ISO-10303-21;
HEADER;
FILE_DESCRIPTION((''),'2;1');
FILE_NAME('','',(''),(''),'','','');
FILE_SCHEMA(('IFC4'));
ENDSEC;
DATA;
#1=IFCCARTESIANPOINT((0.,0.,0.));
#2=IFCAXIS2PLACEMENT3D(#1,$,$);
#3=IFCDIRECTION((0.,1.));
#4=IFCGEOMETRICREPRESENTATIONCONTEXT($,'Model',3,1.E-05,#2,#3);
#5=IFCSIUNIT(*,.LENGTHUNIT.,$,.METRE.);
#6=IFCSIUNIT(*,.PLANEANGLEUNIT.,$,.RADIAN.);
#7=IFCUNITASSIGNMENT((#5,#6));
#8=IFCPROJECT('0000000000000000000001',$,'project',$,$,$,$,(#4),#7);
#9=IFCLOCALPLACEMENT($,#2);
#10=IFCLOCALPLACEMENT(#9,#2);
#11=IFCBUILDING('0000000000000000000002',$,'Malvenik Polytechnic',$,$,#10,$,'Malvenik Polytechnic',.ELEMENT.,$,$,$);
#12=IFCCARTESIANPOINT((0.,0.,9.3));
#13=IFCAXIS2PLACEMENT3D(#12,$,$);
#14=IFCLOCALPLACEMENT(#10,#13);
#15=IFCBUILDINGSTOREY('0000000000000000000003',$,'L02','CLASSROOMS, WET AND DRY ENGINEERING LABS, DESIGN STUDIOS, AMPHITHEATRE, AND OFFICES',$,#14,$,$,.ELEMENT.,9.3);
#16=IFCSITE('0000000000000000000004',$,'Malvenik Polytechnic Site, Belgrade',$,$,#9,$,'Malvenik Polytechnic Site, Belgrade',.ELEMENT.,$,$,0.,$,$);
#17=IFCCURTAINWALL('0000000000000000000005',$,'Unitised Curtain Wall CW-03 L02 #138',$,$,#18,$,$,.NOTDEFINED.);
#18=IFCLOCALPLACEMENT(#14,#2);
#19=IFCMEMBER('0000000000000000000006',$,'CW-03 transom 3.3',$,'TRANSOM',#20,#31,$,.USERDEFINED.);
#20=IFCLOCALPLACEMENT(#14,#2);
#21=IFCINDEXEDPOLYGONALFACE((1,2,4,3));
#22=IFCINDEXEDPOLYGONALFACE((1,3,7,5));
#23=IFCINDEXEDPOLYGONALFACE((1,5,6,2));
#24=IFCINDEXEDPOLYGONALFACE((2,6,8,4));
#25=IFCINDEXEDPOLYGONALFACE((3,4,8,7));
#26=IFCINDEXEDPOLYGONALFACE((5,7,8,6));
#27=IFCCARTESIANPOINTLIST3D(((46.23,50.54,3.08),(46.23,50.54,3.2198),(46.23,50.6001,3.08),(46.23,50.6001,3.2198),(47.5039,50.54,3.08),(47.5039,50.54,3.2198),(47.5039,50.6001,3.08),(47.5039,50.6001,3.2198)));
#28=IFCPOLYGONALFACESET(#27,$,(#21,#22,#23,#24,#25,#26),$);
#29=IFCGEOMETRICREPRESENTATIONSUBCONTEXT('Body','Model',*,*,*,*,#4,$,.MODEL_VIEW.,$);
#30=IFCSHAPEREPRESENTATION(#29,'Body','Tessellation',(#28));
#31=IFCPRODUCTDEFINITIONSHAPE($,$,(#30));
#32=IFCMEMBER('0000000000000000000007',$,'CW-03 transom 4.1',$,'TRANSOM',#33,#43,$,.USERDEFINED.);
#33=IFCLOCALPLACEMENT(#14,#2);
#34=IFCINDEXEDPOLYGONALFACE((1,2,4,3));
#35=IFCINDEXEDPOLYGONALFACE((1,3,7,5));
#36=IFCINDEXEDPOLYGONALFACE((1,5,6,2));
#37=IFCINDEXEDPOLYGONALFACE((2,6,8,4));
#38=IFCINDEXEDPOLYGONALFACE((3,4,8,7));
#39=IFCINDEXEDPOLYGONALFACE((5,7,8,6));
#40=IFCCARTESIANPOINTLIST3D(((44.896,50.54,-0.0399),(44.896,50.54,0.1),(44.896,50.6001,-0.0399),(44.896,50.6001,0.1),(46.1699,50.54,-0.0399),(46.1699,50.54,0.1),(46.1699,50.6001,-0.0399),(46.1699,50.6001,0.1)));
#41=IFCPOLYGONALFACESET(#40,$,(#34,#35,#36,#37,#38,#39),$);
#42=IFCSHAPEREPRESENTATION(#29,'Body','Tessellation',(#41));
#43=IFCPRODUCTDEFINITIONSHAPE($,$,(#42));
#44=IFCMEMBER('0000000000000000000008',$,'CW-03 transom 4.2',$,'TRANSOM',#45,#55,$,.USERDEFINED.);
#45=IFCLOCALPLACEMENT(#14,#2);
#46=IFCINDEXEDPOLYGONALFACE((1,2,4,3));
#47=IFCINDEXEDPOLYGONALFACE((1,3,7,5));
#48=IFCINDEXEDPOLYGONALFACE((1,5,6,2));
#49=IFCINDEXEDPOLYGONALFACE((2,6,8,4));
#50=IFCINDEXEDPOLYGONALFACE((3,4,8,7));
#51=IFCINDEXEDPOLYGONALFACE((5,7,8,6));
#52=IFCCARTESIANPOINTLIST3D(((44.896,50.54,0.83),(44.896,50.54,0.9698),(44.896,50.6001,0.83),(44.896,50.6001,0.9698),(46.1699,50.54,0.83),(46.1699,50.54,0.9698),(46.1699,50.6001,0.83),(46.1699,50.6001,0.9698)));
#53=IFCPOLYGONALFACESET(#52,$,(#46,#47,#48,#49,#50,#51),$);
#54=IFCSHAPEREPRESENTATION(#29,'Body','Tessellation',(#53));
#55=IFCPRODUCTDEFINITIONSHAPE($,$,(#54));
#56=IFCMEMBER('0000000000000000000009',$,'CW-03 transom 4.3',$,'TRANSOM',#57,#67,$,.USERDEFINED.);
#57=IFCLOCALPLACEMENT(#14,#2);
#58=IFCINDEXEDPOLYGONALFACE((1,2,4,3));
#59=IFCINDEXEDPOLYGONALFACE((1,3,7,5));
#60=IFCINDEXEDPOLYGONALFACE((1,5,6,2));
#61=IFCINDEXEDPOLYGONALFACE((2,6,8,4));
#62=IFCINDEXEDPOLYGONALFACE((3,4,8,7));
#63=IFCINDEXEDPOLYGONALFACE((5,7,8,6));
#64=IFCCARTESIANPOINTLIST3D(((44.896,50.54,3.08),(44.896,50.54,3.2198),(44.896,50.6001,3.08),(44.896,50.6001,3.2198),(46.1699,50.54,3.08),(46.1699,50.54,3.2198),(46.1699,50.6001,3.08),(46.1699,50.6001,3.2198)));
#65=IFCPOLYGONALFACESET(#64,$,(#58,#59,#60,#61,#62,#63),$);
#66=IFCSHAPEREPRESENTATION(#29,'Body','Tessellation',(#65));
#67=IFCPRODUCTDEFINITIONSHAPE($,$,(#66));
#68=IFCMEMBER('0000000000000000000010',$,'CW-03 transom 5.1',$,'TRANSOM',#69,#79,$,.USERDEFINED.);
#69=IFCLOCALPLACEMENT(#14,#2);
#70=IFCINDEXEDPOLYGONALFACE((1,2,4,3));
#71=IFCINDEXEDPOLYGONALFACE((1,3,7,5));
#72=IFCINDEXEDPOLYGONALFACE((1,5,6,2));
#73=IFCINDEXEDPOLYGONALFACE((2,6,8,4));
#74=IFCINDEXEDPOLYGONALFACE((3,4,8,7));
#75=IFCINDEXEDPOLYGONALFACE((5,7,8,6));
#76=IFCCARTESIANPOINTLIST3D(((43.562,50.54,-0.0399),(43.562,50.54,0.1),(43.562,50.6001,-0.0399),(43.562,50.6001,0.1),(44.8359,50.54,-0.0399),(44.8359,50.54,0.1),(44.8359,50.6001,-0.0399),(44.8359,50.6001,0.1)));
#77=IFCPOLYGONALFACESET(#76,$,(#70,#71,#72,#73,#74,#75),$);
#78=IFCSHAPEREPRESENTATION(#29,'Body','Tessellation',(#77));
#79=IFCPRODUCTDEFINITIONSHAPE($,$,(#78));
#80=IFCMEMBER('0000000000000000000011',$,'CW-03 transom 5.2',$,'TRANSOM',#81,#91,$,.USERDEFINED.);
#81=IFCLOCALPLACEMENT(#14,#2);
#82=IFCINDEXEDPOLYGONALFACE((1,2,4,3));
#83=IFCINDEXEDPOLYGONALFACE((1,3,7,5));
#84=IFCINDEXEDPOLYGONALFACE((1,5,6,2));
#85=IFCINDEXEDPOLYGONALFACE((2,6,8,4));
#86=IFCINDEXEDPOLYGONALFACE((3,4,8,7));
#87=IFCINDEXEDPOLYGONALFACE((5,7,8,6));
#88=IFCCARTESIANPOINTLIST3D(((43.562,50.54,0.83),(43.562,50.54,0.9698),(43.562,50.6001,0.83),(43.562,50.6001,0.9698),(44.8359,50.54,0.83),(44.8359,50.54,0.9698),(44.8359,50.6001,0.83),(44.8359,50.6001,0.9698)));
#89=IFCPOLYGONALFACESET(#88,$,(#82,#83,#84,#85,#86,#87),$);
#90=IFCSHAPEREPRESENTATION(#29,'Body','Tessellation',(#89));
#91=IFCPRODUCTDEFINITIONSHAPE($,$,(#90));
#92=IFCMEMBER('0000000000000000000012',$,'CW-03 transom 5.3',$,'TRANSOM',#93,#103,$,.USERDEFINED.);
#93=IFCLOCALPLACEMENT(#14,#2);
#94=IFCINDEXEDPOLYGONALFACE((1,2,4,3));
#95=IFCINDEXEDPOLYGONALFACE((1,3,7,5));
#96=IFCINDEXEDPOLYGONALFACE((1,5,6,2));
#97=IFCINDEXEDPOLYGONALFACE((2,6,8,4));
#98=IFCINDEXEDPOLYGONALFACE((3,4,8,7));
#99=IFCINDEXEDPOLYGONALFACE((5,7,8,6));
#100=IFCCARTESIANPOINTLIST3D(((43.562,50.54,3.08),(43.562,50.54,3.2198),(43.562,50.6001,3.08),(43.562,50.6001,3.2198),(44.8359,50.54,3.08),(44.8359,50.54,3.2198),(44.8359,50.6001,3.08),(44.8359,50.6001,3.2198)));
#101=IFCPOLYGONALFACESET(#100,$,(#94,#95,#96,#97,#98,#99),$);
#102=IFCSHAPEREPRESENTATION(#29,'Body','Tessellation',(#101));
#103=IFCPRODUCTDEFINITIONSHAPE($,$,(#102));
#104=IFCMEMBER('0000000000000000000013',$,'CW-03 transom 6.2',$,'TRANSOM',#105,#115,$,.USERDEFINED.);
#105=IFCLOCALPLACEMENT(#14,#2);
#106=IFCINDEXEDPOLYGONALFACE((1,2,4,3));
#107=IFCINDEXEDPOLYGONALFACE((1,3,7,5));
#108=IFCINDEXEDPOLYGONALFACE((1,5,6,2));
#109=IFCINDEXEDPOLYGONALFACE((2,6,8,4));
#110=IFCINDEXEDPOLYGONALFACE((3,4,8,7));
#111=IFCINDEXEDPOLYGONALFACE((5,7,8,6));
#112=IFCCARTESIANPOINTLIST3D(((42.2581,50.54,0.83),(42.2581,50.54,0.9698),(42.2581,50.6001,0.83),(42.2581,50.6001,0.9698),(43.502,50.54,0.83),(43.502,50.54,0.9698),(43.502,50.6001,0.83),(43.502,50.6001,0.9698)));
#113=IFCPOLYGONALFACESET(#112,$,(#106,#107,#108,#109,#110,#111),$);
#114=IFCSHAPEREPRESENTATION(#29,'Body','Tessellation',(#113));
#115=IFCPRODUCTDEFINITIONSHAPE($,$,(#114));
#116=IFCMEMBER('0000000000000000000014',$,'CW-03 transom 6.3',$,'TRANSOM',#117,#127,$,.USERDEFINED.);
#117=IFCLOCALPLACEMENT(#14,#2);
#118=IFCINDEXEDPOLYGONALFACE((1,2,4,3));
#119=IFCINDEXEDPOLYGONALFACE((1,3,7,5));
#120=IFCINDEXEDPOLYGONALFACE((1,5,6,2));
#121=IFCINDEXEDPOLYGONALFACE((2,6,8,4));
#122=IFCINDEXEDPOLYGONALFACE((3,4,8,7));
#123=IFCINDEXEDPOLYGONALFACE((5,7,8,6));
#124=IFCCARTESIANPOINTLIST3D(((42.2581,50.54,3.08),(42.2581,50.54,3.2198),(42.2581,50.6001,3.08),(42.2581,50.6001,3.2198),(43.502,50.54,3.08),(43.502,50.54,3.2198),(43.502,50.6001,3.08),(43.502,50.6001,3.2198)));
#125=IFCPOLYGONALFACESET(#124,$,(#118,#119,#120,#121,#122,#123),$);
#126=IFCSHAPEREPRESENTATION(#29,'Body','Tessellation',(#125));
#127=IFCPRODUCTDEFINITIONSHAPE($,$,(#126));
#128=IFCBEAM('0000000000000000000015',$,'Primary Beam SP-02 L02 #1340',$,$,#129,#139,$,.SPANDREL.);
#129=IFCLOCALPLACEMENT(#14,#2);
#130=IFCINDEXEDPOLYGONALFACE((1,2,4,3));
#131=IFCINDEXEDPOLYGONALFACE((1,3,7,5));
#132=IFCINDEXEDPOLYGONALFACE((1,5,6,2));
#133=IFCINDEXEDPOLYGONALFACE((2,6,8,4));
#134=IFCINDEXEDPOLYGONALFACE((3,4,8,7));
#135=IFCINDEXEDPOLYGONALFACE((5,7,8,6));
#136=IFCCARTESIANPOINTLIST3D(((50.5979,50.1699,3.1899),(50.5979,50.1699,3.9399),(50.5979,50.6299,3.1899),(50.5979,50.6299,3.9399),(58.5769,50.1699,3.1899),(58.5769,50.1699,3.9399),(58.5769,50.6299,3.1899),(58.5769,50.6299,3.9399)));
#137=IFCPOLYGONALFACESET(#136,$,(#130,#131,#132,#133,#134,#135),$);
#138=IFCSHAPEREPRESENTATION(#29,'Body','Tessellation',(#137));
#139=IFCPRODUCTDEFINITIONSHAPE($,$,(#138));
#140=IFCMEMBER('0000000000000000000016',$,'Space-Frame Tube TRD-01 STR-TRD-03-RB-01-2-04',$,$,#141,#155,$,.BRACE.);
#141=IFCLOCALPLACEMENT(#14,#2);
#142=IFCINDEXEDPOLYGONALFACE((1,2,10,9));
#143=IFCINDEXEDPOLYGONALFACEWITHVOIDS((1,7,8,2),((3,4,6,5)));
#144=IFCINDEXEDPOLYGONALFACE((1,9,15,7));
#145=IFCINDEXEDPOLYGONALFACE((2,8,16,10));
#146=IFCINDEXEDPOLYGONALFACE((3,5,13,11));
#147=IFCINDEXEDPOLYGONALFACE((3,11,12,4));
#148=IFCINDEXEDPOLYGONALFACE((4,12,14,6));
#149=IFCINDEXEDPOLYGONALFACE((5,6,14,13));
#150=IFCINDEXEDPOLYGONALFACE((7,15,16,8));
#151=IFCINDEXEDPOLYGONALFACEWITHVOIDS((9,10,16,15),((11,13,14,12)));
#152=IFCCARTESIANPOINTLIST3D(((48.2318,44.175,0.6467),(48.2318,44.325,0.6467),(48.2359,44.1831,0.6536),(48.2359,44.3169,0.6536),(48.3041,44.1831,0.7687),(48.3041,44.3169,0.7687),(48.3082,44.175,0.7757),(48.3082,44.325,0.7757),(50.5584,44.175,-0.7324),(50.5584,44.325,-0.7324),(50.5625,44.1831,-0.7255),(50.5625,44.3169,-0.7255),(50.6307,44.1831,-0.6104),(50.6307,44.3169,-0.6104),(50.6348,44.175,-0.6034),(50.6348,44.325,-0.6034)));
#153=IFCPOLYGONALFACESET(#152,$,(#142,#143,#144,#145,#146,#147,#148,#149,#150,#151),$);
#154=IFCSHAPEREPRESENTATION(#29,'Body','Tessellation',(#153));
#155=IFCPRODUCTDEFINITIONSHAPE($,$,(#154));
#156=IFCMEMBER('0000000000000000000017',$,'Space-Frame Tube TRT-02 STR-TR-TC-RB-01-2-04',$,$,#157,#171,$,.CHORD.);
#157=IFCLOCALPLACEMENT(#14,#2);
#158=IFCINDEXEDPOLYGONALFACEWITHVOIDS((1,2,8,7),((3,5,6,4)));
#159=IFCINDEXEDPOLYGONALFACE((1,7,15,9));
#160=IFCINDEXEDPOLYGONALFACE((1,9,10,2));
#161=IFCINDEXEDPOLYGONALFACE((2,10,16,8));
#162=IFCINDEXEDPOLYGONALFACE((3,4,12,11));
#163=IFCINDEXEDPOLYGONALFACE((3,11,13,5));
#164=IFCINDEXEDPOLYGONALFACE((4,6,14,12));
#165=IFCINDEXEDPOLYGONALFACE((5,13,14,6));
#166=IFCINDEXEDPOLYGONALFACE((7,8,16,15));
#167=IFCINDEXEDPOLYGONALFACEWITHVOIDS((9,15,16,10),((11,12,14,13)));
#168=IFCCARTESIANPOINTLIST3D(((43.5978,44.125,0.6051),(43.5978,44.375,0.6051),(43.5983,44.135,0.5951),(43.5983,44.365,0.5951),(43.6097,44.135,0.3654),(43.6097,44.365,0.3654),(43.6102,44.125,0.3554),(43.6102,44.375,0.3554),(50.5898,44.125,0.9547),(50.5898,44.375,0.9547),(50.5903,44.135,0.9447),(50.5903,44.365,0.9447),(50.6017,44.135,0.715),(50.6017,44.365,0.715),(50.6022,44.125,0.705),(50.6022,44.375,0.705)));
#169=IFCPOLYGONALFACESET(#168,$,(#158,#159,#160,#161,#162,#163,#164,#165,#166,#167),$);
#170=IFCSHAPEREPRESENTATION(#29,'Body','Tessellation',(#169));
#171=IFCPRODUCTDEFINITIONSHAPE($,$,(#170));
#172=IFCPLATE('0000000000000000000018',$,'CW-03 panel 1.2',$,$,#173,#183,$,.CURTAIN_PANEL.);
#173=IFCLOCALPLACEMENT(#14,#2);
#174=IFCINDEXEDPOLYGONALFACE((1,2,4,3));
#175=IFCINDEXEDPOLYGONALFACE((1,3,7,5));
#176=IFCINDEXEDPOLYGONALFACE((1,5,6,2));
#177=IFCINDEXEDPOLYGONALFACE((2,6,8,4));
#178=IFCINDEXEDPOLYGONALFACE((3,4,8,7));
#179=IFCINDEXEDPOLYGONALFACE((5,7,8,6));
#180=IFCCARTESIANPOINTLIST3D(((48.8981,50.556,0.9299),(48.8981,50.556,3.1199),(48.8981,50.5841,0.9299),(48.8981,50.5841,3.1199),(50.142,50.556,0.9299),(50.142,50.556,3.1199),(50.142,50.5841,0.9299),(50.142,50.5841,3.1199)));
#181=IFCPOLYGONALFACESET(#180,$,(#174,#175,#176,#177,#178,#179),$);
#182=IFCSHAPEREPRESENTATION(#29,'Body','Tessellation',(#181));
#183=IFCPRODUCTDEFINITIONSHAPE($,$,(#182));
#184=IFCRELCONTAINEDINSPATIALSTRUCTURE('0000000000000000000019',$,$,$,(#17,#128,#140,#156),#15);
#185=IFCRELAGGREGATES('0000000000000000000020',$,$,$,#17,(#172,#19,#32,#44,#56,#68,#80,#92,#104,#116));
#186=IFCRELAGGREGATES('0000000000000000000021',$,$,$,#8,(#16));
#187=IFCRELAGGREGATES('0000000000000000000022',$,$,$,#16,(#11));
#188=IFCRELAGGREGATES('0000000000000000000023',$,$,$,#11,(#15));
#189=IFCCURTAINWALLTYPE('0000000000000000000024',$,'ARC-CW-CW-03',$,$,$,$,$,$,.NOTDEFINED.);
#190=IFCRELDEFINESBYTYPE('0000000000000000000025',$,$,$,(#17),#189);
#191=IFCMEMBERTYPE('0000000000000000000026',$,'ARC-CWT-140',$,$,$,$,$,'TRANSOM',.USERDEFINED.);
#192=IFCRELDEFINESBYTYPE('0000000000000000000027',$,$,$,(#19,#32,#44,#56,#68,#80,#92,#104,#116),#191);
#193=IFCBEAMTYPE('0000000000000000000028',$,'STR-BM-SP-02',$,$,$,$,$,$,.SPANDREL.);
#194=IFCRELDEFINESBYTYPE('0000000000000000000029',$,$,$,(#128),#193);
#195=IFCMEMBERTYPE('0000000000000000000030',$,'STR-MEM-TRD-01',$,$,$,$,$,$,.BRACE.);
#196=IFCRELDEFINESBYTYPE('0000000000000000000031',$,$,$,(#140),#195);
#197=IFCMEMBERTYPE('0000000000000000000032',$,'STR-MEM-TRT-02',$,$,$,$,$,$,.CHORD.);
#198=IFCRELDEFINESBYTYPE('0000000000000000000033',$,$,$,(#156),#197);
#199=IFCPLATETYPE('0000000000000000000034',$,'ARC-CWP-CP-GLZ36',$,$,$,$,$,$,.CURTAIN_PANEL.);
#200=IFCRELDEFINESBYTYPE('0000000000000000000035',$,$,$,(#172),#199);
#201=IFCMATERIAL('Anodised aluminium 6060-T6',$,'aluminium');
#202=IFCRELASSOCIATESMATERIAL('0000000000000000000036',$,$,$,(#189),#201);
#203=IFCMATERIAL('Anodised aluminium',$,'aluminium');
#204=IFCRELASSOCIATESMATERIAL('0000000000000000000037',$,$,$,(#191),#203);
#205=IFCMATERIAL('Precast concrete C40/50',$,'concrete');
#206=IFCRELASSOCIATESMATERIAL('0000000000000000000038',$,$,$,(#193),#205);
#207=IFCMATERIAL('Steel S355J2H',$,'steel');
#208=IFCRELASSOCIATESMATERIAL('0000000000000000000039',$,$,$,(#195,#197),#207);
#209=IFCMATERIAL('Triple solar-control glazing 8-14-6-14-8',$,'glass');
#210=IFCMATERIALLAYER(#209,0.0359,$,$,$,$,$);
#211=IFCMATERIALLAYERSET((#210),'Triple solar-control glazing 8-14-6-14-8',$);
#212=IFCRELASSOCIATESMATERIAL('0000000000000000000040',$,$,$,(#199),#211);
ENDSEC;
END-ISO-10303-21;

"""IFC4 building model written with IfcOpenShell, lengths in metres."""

from ifc_helpers import new_model, si_unit, direction, frame, origin, origin_2d, place, context, subcontext, project, spatial, rectangle, hollow_rectangle, extrude, material, layer, layer_set, material_profile, profile_set, type_object, element, aggregate, save


model = new_model("IFC4")

# Units and contexts
model_context = context("Model", 3, precision=1e-05, world=origin(), true_north=direction((0.0, 1.0)))
body_context = subcontext(model_context, "Body", "Model", "MODEL_VIEW")
ifc_project = project(units=[si_unit("LENGTHUNIT", "METRE"), si_unit("PLANEANGLEUNIT", "RADIAN")], contexts=[model_context])

# Site, building, storey
site_placement = place(None, origin())
site = spatial("IfcSite", under=ifc_project, at=site_placement, Name="Malvenik Polytechnic Site, Belgrade", LongName="Malvenik Polytechnic Site, Belgrade", CompositionType="ELEMENT", RefElevation=0.0)
building_placement = place(site_placement, origin())
building = spatial("IfcBuilding", under=site, at=building_placement, Name="Malvenik Polytechnic", LongName="Malvenik Polytechnic", CompositionType="ELEMENT")
storey_placement = place(building_placement, frame((0.0, 0.0, 9.3)))
storey = spatial("IfcBuildingStorey", under=building, at=storey_placement, Name="L02", Description="CLASSROOMS, WET AND DRY ENGINEERING LABS, DESIGN STUDIOS, AMPHITHEATRE, AND OFFICES", CompositionType="ELEMENT", Elevation=9.3)

# Shared definitions
ifc_material_1 = material(Name="Steel S355J2H", Category="steel")

# Curtain wall, members
ifc_material_2 = material(Name="Anodised aluminium 6060-T6", Category="aluminium")
curtain_wall_type = type_object("IfcCurtainWallType", Name="ARC-CW-CW-03", PredefinedType="NOTDEFINED", material=ifc_material_2)
curtain_wall_placement = place(storey_placement, origin())
curtain_wall = element("IfcCurtainWall", 1, at=curtain_wall_placement, inside=storey, type_object=curtain_wall_type, Name="Unitised Curtain Wall CW-03 L02 #138", PredefinedType="NOTDEFINED")
ifc_material_3 = material(Name="Anodised aluminium", Category="aluminium")
ifc_material_profile_1 = material_profile(ifc_material_3, rectangle(XDim=0.0601, YDim=0.1399, at=origin_2d()), Name="ALU TRANSOM 60x140")
ifc_profile_set_1 = profile_set([ifc_material_profile_1], Name="Anodised aluminium")
member_type_1 = type_object("IfcMemberType", Name="ARC-CWT-140", ElementType="TRANSOM", PredefinedType="USERDEFINED", material=ifc_profile_set_1)
member_1_placement = place(storey_placement, frame((47.5039, 50.5701, 3.1499), z_axis=(-1.0, 0.0, 0.0), x_axis=(0.0, -1.0, 0.0)))
member_1 = element("IfcMember", 2, at=member_1_placement, type_object=member_type_1, Name="CW-03 transom 3.3", ObjectType="TRANSOM", PredefinedType="USERDEFINED", context=body_context, shape_type="SweptSolid", body=[
    extrude(rectangle(XDim=0.0601, YDim=0.1399, at=origin_2d()), origin(), (0.0, 0.0, 1.0), 1.2739),
])
member_2_placement = place(storey_placement, frame((46.1699, 50.5701, 0.03), z_axis=(-1.0, 0.0, 0.0), x_axis=(0.0, -1.0, 0.0)))
member_2 = element("IfcMember", 3, at=member_2_placement, type_object=member_type_1, Name="CW-03 transom 4.1", ObjectType="TRANSOM", PredefinedType="USERDEFINED", context=body_context, shape_type="SweptSolid", body=[
    extrude(rectangle(XDim=0.0601, YDim=0.1399, at=origin_2d()), origin(), (0.0, 0.0, 1.0), 1.2739),
])
member_3_placement = place(storey_placement, frame((46.1699, 50.5701, 0.8999), z_axis=(-1.0, 0.0, 0.0), x_axis=(0.0, -1.0, 0.0)))
member_3 = element("IfcMember", 4, at=member_3_placement, type_object=member_type_1, Name="CW-03 transom 4.2", ObjectType="TRANSOM", PredefinedType="USERDEFINED", context=body_context, shape_type="SweptSolid", body=[
    extrude(rectangle(XDim=0.0601, YDim=0.1399, at=origin_2d()), origin(), (0.0, 0.0, 1.0), 1.2739),
])
member_4_placement = place(storey_placement, frame((46.1699, 50.5701, 3.1499), z_axis=(-1.0, 0.0, 0.0), x_axis=(0.0, -1.0, 0.0)))
member_4 = element("IfcMember", 5, at=member_4_placement, type_object=member_type_1, Name="CW-03 transom 4.3", ObjectType="TRANSOM", PredefinedType="USERDEFINED", context=body_context, shape_type="SweptSolid", body=[
    extrude(rectangle(XDim=0.0601, YDim=0.1399, at=origin_2d()), origin(), (0.0, 0.0, 1.0), 1.2739),
])
member_5_placement = place(storey_placement, frame((44.8359, 50.5701, 0.03), z_axis=(-1.0, 0.0, 0.0), x_axis=(0.0, -1.0, 0.0)))
member_5 = element("IfcMember", 6, at=member_5_placement, type_object=member_type_1, Name="CW-03 transom 5.1", ObjectType="TRANSOM", PredefinedType="USERDEFINED", context=body_context, shape_type="SweptSolid", body=[
    extrude(rectangle(XDim=0.0601, YDim=0.1399, at=origin_2d()), origin(), (0.0, 0.0, 1.0), 1.2739),
])
member_6_placement = place(storey_placement, frame((44.8359, 50.5701, 0.8999), z_axis=(-1.0, 0.0, 0.0), x_axis=(0.0, -1.0, 0.0)))
member_6 = element("IfcMember", 7, at=member_6_placement, type_object=member_type_1, Name="CW-03 transom 5.2", ObjectType="TRANSOM", PredefinedType="USERDEFINED", context=body_context, shape_type="SweptSolid", body=[
    extrude(rectangle(XDim=0.0601, YDim=0.1399, at=origin_2d()), origin(), (0.0, 0.0, 1.0), 1.2739),
])
member_7_placement = place(storey_placement, frame((44.8359, 50.5701, 3.1499), z_axis=(-1.0, 0.0, 0.0), x_axis=(0.0, -1.0, 0.0)))
member_7 = element("IfcMember", 8, at=member_7_placement, type_object=member_type_1, Name="CW-03 transom 5.3", ObjectType="TRANSOM", PredefinedType="USERDEFINED", context=body_context, shape_type="SweptSolid", body=[
    extrude(rectangle(XDim=0.0601, YDim=0.1399, at=origin_2d()), origin(), (0.0, 0.0, 1.0), 1.2739),
])
member_8_placement = place(storey_placement, frame((43.502, 50.5701, 0.8999), z_axis=(-1.0, 0.0, 0.0), x_axis=(0.0, -1.0, 0.0)))
member_8 = element("IfcMember", 9, at=member_8_placement, type_object=member_type_1, Name="CW-03 transom 6.2", ObjectType="TRANSOM", PredefinedType="USERDEFINED", context=body_context, shape_type="SweptSolid", body=[
    extrude(rectangle(XDim=0.0601, YDim=0.1399, at=origin_2d()), origin(), (0.0, 0.0, 1.0), 1.2439),
])
member_9_placement = place(storey_placement, frame((43.502, 50.5701, 3.1499), z_axis=(-1.0, 0.0, 0.0), x_axis=(0.0, -1.0, 0.0)))
member_9 = element("IfcMember", 10, at=member_9_placement, type_object=member_type_1, Name="CW-03 transom 6.3", ObjectType="TRANSOM", PredefinedType="USERDEFINED", context=body_context, shape_type="SweptSolid", body=[
    extrude(rectangle(XDim=0.0601, YDim=0.1399, at=origin_2d()), origin(), (0.0, 0.0, 1.0), 1.2439),
])

# Beam
ifc_material_4 = material(Name="Precast concrete C40/50", Category="concrete")
ifc_material_profile_2 = material_profile(ifc_material_4, rectangle(XDim=0.46, YDim=0.75, at=origin_2d()), Name="PC SPN 460x750")
ifc_profile_set_2 = profile_set([ifc_material_profile_2], Name="Precast concrete C40/50")
beam_type = type_object("IfcBeamType", Name="STR-BM-SP-02", PredefinedType="SPANDREL", material=ifc_profile_set_2)
beam_placement = place(storey_placement, frame((50.5979, 50.3999, 3.5649), z_axis=(1.0, 0.0, 0.0), x_axis=(0.0, 1.0, 0.0)))
element("IfcBeam", 11, at=beam_placement, inside=storey, type_object=beam_type, Name="Primary Beam SP-02 L02 #1340", PredefinedType="SPANDREL", context=body_context, shape_type="SweptSolid", body=[
    extrude(rectangle(XDim=0.46, YDim=0.75, at=origin_2d()), origin(), (0.0, 0.0, 1.0), 7.979),
])

# Members
ifc_material_profile_3 = material_profile(ifc_material_1, hollow_rectangle(XDim=0.1499, YDim=0.1499, WallThickness=0.0081, at=origin_2d()), Name="SHS 150x150x8.0")
ifc_profile_set_3 = profile_set([ifc_material_profile_3], Name="Steel S355J2H")
member_type_2 = type_object("IfcMemberType", Name="STR-MEM-TRD-01", PredefinedType="BRACE", material=ifc_profile_set_3)
member_10_placement = place(storey_placement, frame((48.27, 44.25, 0.7112), z_axis=(0.860228, 0.0, -0.509909), x_axis=(0.0, 1.0, 0.0)))
element("IfcMember", 12, at=member_10_placement, inside=storey, type_object=member_type_2, Name="Space-Frame Tube TRD-01 STR-TRD-03-RB-01-2-04", PredefinedType="BRACE", context=body_context, shape_type="SweptSolid", body=[
    extrude(hollow_rectangle(XDim=0.1499, YDim=0.1499, WallThickness=0.0081, at=origin_2d()), origin(), (0.0, 0.0, 1.0), 2.7046),
])
ifc_material_profile_4 = material_profile(ifc_material_1, hollow_rectangle(XDim=0.25, YDim=0.25, WallThickness=0.01, at=origin_2d()), Name="SHS 250x250x10.0")
ifc_profile_set_4 = profile_set([ifc_material_profile_4], Name="Steel S355J2H")
member_type_3 = type_object("IfcMemberType", Name="STR-MEM-TRT-02", PredefinedType="CHORD", material=ifc_profile_set_4)
member_11_placement = place(storey_placement, frame((43.604, 44.25, 0.4802), z_axis=(0.998752, 0.0, 0.049939), x_axis=(0.0, 1.0, 0.0)))
element("IfcMember", 13, at=member_11_placement, inside=storey, type_object=member_type_3, Name="Space-Frame Tube TRT-02 STR-TR-TC-RB-01-2-04", PredefinedType="CHORD", context=body_context, shape_type="SweptSolid", body=[
    extrude(hollow_rectangle(XDim=0.25, YDim=0.25, WallThickness=0.01, at=origin_2d()), origin(), (0.0, 0.0, 1.0), 7.0007),
])

# Plate
ifc_material_5 = material(Name="Triple solar-control glazing 8-14-6-14-8", Category="glass")
ifc_layer_1 = layer(ifc_material_5, 0.0359)
ifc_layer_set_1 = layer_set([ifc_layer_1], Name="Triple solar-control glazing 8-14-6-14-8")
plate_type_1 = type_object("IfcPlateType", Name="ARC-CWP-CP-GLZ36", PredefinedType="CURTAIN_PANEL", material=ifc_layer_set_1)
plate_1_placement = place(storey_placement, frame((49.52, 50.5701, 0.9299), z_axis=(0.0, 0.0, 1.0), x_axis=(-1.0, 0.0, 0.0)))
plate_1 = element("IfcPlate", 14, at=plate_1_placement, type_object=plate_type_1, Name="CW-03 panel 1.2", PredefinedType="CURTAIN_PANEL", context=body_context, shape_type="SweptSolid", body=[
    extrude(rectangle(XDim=1.2439, YDim=0.0281, at=origin_2d()), origin(), (0.0, 0.0, 1.0), 2.1899),
])
aggregate(curtain_wall, [plate_1, member_1, member_2, member_3, member_4, member_5, member_6, member_7, member_8, member_9])

save(model, "model.ifc")
